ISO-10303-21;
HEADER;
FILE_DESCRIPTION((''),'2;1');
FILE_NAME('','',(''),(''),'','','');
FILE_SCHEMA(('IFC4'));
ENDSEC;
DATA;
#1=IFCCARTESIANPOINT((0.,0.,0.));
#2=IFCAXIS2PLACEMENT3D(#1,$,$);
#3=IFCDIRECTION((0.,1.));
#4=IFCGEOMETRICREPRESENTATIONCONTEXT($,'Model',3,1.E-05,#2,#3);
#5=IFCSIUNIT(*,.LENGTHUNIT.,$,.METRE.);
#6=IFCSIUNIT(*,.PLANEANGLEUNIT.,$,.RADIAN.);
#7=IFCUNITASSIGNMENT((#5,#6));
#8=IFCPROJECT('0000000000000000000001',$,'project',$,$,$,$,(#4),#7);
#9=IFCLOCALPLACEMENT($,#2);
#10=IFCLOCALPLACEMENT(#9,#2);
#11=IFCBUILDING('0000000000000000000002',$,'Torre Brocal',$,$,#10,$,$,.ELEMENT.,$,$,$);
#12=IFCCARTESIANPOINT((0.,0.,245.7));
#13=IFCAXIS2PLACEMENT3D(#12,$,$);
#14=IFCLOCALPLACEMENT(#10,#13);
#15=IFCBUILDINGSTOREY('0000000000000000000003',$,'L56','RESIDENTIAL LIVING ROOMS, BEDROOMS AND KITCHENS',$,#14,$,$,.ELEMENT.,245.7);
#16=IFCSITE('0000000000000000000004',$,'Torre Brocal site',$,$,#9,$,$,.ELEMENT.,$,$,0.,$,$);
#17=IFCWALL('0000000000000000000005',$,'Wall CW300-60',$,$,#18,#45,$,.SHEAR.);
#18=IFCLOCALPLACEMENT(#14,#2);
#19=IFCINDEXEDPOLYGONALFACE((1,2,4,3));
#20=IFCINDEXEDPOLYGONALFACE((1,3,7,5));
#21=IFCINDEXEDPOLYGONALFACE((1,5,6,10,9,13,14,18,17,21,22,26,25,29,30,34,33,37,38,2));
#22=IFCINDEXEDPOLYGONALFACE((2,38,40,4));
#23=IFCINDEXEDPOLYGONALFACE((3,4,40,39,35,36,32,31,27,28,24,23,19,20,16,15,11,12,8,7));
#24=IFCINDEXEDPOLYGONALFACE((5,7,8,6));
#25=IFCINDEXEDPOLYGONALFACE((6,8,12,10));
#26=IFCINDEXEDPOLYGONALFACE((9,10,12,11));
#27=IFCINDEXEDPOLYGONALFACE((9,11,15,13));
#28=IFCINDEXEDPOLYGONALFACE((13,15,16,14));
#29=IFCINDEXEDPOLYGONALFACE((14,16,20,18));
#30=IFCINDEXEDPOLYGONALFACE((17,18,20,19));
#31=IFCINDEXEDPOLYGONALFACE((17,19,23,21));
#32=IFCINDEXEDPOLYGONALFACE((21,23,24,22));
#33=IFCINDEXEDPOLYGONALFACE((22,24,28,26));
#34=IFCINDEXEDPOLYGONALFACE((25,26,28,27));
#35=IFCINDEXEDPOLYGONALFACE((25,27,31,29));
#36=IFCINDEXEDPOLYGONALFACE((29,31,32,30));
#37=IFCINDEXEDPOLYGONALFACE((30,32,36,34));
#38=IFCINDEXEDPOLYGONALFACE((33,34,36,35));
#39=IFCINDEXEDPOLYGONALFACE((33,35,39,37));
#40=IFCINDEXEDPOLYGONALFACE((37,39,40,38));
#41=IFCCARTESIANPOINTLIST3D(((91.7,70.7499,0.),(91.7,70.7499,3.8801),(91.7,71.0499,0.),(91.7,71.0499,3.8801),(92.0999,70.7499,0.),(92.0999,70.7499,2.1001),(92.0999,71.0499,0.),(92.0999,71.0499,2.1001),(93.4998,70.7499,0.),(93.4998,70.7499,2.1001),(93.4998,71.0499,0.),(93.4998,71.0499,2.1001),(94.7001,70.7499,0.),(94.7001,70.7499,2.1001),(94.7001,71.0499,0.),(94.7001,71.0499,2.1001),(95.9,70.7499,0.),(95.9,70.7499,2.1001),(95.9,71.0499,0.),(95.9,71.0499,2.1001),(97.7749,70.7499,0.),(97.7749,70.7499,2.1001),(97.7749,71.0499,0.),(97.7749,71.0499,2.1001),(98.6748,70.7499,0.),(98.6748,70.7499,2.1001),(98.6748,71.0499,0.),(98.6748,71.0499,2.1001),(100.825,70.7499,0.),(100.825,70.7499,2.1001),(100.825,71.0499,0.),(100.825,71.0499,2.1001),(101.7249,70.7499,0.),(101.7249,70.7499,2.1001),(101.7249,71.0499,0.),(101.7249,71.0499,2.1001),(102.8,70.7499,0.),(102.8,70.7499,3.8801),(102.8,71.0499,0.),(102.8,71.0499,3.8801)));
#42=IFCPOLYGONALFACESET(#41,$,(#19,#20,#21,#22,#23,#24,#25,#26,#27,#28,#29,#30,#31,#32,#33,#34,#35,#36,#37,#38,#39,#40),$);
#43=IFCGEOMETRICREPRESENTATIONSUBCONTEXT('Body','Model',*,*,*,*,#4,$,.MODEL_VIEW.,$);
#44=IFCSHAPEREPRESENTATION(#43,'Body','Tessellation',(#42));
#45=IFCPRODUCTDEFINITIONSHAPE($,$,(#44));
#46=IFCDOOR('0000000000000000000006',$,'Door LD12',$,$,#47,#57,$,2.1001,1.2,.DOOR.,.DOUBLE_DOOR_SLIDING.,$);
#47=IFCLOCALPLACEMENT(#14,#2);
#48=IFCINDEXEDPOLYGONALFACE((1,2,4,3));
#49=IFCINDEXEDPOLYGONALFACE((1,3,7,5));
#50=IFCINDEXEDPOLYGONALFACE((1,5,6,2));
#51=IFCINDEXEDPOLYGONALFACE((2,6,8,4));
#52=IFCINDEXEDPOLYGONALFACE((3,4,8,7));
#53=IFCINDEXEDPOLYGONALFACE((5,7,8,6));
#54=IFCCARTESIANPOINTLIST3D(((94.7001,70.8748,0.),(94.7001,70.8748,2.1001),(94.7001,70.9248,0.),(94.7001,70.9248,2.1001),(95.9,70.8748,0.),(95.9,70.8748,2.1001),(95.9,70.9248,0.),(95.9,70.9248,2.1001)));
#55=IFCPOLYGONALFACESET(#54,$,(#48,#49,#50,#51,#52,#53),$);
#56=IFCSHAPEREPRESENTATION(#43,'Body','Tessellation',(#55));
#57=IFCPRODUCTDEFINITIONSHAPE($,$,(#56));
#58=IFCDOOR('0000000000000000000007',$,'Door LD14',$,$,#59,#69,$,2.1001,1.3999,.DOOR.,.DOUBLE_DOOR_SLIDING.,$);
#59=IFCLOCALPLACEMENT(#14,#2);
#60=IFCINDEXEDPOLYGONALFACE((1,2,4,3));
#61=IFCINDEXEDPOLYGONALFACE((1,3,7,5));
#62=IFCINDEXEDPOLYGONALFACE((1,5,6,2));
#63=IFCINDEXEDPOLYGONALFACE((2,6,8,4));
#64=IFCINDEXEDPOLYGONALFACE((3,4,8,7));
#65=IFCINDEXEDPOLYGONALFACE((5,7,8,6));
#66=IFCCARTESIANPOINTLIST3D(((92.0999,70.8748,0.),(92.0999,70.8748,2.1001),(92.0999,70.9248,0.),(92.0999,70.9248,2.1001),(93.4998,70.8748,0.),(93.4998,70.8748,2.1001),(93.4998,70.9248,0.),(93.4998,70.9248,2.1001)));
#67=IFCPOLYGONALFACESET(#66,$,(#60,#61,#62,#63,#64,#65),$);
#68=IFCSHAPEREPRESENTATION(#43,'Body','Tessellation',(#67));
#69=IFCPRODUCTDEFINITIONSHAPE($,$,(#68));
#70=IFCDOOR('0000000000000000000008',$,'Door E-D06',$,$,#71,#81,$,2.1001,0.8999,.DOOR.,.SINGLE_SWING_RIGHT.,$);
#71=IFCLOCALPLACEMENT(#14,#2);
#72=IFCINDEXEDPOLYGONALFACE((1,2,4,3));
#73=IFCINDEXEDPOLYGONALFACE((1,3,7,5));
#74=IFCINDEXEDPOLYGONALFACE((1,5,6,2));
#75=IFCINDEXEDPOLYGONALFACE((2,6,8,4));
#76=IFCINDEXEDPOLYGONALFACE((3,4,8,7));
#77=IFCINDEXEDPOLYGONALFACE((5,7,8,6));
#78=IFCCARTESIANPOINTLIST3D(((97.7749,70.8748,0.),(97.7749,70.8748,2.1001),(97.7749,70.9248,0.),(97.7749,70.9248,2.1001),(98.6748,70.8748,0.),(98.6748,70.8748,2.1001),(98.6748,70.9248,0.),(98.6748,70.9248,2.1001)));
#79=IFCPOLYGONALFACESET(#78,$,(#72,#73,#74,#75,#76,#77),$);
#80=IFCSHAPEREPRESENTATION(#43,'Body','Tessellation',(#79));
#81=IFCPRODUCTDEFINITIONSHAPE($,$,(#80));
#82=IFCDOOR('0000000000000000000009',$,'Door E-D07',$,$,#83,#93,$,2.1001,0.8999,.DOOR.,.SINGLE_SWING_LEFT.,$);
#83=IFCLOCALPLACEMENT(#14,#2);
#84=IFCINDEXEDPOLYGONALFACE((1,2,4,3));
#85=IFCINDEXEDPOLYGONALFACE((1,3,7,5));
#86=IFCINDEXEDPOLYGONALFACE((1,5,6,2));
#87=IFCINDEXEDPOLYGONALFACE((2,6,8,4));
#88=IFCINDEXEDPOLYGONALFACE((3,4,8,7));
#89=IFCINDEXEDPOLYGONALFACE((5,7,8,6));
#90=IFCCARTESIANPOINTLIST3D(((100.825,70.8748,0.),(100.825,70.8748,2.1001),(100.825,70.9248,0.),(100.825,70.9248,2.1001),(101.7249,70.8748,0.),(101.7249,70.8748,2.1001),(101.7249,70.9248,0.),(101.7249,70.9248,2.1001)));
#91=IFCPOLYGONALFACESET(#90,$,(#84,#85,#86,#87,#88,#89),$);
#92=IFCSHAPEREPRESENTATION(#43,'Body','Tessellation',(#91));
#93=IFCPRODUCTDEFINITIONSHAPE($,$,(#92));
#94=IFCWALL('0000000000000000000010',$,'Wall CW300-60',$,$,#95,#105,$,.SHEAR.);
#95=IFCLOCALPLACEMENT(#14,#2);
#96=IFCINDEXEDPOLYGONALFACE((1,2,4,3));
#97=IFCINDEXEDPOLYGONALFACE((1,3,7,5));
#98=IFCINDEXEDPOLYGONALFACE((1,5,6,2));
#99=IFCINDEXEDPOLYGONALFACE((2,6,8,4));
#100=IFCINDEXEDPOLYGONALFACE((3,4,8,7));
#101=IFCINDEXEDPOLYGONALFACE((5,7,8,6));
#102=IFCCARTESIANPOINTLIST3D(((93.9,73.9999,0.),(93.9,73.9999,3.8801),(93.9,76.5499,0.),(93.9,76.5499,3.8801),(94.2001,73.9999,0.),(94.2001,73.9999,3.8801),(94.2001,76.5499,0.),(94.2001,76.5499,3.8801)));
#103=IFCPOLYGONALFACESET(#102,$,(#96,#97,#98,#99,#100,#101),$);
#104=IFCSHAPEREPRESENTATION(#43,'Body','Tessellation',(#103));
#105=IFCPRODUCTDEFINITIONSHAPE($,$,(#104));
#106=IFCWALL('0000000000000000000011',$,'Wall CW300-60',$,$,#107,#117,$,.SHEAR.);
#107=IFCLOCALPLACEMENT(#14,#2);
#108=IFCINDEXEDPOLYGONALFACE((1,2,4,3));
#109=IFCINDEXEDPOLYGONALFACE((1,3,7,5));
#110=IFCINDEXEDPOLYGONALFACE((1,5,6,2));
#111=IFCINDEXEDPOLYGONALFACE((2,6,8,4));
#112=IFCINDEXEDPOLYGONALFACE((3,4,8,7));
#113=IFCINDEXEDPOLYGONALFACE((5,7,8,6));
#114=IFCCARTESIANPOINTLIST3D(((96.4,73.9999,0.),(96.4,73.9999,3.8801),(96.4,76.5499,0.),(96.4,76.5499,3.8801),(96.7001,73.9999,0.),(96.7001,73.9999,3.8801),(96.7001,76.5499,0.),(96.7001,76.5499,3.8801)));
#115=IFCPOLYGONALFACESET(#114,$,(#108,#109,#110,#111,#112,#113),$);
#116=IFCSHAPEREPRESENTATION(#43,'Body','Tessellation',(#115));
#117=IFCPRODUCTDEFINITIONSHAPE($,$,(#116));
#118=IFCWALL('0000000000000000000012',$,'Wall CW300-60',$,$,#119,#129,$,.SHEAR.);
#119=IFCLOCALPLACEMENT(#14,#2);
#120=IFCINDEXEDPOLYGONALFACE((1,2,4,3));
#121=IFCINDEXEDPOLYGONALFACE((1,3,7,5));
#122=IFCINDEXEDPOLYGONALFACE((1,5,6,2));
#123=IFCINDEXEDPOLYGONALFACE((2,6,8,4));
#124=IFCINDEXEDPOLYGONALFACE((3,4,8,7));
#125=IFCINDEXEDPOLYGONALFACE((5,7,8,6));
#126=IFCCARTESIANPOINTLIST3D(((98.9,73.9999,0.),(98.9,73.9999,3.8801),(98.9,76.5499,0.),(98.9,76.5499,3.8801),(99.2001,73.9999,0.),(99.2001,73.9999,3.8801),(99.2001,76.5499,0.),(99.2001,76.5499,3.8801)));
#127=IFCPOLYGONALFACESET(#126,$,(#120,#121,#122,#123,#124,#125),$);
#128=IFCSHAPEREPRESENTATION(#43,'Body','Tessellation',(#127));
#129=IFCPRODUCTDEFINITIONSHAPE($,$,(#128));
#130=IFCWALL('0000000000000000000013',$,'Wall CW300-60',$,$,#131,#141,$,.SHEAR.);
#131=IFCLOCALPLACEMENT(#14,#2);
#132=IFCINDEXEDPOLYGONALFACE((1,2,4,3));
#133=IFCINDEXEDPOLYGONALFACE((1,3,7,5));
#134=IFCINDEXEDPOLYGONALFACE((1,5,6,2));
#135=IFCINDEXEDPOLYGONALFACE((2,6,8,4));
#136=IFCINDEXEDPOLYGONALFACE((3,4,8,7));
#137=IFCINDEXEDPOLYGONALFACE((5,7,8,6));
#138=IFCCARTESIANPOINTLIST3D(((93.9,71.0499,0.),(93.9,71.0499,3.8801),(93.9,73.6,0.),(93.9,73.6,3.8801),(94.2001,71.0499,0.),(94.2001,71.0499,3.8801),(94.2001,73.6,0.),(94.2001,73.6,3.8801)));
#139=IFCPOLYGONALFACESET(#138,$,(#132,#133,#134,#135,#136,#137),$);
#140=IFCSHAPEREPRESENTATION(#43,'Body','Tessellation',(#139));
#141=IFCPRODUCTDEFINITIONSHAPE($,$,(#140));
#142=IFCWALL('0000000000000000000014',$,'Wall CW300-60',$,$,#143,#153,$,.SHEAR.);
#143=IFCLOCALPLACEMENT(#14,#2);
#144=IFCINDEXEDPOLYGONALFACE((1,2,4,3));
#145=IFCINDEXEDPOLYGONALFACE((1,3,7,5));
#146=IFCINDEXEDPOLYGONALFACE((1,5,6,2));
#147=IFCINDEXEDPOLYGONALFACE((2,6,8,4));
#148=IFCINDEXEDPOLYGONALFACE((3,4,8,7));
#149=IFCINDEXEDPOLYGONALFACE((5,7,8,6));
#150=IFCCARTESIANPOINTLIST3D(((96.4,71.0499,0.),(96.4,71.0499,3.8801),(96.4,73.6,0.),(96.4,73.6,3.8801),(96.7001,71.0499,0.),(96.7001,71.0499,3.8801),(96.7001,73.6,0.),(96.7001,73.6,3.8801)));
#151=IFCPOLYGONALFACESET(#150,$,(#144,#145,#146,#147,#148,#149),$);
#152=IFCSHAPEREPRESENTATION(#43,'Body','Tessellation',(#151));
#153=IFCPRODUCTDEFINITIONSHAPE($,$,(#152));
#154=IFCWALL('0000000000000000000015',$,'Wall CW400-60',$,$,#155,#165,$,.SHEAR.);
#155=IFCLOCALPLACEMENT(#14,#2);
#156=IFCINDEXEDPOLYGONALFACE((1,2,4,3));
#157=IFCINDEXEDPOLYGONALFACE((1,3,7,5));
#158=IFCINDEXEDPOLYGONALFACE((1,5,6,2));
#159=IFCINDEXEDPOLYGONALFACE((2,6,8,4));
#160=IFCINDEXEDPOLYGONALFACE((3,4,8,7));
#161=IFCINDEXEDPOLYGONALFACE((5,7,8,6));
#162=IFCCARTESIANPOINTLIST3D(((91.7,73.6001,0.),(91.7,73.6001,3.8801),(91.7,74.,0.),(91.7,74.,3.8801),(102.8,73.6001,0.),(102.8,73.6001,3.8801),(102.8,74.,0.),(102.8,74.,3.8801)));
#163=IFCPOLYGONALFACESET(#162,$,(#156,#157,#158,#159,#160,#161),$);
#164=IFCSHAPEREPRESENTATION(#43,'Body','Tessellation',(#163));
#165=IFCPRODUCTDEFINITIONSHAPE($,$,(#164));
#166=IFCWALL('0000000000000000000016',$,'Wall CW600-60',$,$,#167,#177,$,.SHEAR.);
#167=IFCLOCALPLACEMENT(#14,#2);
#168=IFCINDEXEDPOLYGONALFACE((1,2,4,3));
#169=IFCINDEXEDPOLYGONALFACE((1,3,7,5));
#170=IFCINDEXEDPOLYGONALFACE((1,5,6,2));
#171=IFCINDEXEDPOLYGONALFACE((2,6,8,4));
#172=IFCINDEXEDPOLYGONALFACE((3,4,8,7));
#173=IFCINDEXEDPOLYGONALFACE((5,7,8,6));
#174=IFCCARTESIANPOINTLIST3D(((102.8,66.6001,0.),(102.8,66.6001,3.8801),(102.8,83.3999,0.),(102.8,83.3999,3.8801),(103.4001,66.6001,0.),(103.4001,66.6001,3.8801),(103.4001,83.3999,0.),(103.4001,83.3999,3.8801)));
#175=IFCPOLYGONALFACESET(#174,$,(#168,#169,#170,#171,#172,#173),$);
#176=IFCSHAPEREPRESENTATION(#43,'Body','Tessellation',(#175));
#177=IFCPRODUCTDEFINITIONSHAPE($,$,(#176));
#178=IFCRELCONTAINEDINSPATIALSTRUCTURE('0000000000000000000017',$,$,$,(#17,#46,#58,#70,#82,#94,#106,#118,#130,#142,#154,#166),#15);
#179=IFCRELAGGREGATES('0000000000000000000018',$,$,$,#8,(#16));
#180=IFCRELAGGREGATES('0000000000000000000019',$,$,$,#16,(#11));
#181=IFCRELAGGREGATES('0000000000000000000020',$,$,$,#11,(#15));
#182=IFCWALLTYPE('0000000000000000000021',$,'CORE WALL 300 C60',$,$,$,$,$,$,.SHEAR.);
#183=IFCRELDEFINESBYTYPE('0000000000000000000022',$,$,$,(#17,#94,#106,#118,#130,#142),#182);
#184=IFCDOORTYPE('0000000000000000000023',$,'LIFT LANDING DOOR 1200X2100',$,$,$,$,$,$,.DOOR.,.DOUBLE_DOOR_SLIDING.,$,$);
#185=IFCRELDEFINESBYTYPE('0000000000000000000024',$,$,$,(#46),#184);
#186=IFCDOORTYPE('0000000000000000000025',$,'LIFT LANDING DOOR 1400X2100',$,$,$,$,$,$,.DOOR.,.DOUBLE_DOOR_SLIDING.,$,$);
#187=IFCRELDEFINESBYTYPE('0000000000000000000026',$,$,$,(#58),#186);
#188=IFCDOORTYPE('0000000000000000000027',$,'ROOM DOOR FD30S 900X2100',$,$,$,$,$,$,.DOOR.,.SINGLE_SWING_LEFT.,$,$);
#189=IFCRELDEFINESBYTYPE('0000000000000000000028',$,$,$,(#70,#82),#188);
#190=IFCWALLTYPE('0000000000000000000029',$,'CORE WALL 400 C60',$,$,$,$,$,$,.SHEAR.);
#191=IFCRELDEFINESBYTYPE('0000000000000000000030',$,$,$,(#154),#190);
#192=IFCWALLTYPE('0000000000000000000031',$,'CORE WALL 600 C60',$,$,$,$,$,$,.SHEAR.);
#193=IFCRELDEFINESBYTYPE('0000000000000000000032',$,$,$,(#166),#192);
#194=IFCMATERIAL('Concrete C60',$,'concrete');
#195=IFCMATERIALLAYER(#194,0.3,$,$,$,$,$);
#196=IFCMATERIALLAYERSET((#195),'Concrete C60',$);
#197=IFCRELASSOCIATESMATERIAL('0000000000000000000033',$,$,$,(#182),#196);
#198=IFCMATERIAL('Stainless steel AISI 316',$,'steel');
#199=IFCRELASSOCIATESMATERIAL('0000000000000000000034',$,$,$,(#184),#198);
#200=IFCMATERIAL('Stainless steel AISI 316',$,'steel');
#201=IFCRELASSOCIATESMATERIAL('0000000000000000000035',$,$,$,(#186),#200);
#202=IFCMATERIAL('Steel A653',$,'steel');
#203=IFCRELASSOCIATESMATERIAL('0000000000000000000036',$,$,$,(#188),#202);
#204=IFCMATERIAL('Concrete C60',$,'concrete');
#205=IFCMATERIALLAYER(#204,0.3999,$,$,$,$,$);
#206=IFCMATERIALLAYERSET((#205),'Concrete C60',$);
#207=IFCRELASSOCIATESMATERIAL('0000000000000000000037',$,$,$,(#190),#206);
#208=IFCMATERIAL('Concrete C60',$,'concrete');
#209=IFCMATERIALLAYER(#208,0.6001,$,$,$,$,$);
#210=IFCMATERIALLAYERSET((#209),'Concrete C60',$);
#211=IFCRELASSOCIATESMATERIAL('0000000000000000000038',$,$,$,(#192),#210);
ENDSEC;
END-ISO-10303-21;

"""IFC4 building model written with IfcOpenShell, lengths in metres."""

from ifc_helpers import new_model, si_unit, direction, frame, frame_2d, origin, place, context, subcontext, project, spatial, rectangle, extrude, material, layer, layer_set, type_object, element, fill, save


model = new_model("IFC4")

# Units and contexts
model_context = context("Model", 3, precision=1e-05, world=origin(), true_north=direction((0.0, 1.0)))
body_context = subcontext(model_context, "Body", "Model", "MODEL_VIEW")
ifc_project = project(units=[si_unit("LENGTHUNIT", "METRE"), si_unit("PLANEANGLEUNIT", "RADIAN")], contexts=[model_context])

# Site, building, storey
site_placement = place(None, origin())
site = spatial("IfcSite", under=ifc_project, at=site_placement, Name="Torre Brocal site", CompositionType="ELEMENT", RefElevation=0.0)
building_placement = place(site_placement, origin())
building = spatial("IfcBuilding", under=site, at=building_placement, Name="Torre Brocal", CompositionType="ELEMENT")
storey_placement = place(building_placement, frame((0.0, 0.0, 245.7)))
storey = spatial("IfcBuildingStorey", under=building, at=storey_placement, Name="L56", Description="RESIDENTIAL LIVING ROOMS, BEDROOMS AND KITCHENS", CompositionType="ELEMENT", Elevation=245.7)

# Shared definitions
ifc_material_1 = material(Name="Concrete C60", Category="concrete")
ifc_layer_1 = layer(ifc_material_1, 0.3)
ifc_layer_set_1 = layer_set([ifc_layer_1], Name="Concrete C60")
wall_type_1 = type_object("IfcWallType", Name="CORE WALL 300 C60", PredefinedType="SHEAR", material=ifc_layer_set_1)

# Wall, openings, doors
wall_1_placement = place(storey_placement, frame((91.7, 70.8999, 0.0), z_axis=(0.0, 0.0, 1.0), x_axis=(1.0, 0.0, 0.0)))
wall_1 = element("IfcWall", 1, at=wall_1_placement, inside=storey, type_object=wall_type_1, Name="Wall CW300-60", PredefinedType="SHEAR", context=body_context, shape_type="SweptSolid", body=[
    extrude(rectangle(XDim=11.1001, YDim=0.3, at=frame_2d((5.55, 0.0))), origin(), (0.0, 0.0, 1.0), 3.8801),
])
opening_1_placement = place(wall_1_placement, frame((0.3999, 0.0, 0.0)))
opening_1 = element("IfcOpeningElement", 2, at=opening_1_placement, cuts=wall_1, PredefinedType="OPENING", context=body_context, shape_type="SweptSolid", body=[
    extrude(rectangle(XDim=1.3999, YDim=2.1001, at=frame_2d((0.7, 1.05))), frame((0.0, 0.1599, 0.0), z_axis=(0.0, -1.0, 0.0), x_axis=(1.0, 0.0, 0.0)), (0.0, 0.0, 1.0), 0.3201),
])
opening_2_placement = place(wall_1_placement, frame((3.0, 0.0, 0.0)))
opening_2 = element("IfcOpeningElement", 3, at=opening_2_placement, cuts=wall_1, PredefinedType="OPENING", context=body_context, shape_type="SweptSolid", body=[
    extrude(rectangle(XDim=1.2, YDim=2.1001, at=frame_2d((0.6001, 1.05))), frame((0.0, 0.1599, 0.0), z_axis=(0.0, -1.0, 0.0), x_axis=(1.0, 0.0, 0.0)), (0.0, 0.0, 1.0), 0.3201),
])
opening_3_placement = place(wall_1_placement, frame((6.075, 0.0, 0.0)))
opening_3 = element("IfcOpeningElement", 4, at=opening_3_placement, cuts=wall_1, PredefinedType="OPENING", context=body_context, shape_type="SweptSolid", body=[
    extrude(rectangle(XDim=0.8999, YDim=2.1001, at=frame_2d((0.45, 1.05))), frame((0.0, 0.1599, 0.0), z_axis=(0.0, -1.0, 0.0), x_axis=(1.0, 0.0, 0.0)), (0.0, 0.0, 1.0), 0.3201),
])
opening_4_placement = place(wall_1_placement, frame((9.125, 0.0, 0.0)))
opening_4 = element("IfcOpeningElement", 5, at=opening_4_placement, cuts=wall_1, PredefinedType="OPENING", context=body_context, shape_type="SweptSolid", body=[
    extrude(rectangle(XDim=0.8999, YDim=2.1001, at=frame_2d((0.45, 1.05))), frame((0.0, 0.1599, 0.0), z_axis=(0.0, -1.0, 0.0), x_axis=(1.0, 0.0, 0.0)), (0.0, 0.0, 1.0), 0.3201),
])
ifc_material_2 = material(Name="Stainless steel AISI 316", Category="steel")
door_type_1 = type_object("IfcDoorType", Name="LIFT LANDING DOOR 1200X2100", OperationType="DOUBLE_DOOR_SLIDING", PredefinedType="DOOR", material=ifc_material_2)
door_1_placement = place(opening_2_placement, origin())
door_1 = element("IfcDoor", 6, at=door_1_placement, inside=storey, type_object=door_type_1, Name="Door LD12", OperationType="DOUBLE_DOOR_SLIDING", OverallHeight=2.1001, OverallWidth=1.2, PredefinedType="DOOR", context=body_context, shape_type="SweptSolid", body=[
    extrude(rectangle(XDim=1.2, YDim=2.1001, at=frame_2d((0.6001, 1.05))), frame((0.0, 0.0249, 0.0), z_axis=(0.0, -1.0, 0.0), x_axis=(1.0, 0.0, 0.0)), (0.0, 0.0, 1.0), 0.05),
])
fill(opening_2, door_1)
ifc_material_3 = material(Name="Stainless steel AISI 316", Category="steel")
door_type_2 = type_object("IfcDoorType", Name="LIFT LANDING DOOR 1400X2100", OperationType="DOUBLE_DOOR_SLIDING", PredefinedType="DOOR", material=ifc_material_3)
door_2_placement = place(opening_1_placement, origin())
door_2 = element("IfcDoor", 7, at=door_2_placement, inside=storey, type_object=door_type_2, Name="Door LD14", OperationType="DOUBLE_DOOR_SLIDING", OverallHeight=2.1001, OverallWidth=1.3999, PredefinedType="DOOR", context=body_context, shape_type="SweptSolid", body=[
    extrude(rectangle(XDim=1.3999, YDim=2.1001, at=frame_2d((0.7, 1.05))), frame((0.0, 0.0249, 0.0), z_axis=(0.0, -1.0, 0.0), x_axis=(1.0, 0.0, 0.0)), (0.0, 0.0, 1.0), 0.05),
])
fill(opening_1, door_2)
ifc_material_4 = material(Name="Steel A653", Category="steel")
door_type_3 = type_object("IfcDoorType", Name="ROOM DOOR FD30S 900X2100", OperationType="SINGLE_SWING_LEFT", PredefinedType="DOOR", material=ifc_material_4)
door_3_placement = place(opening_3_placement, origin())
door_3 = element("IfcDoor", 8, at=door_3_placement, inside=storey, type_object=door_type_3, Name="Door E-D06", OperationType="SINGLE_SWING_RIGHT", OverallHeight=2.1001, OverallWidth=0.8999, PredefinedType="DOOR", context=body_context, shape_type="SweptSolid", body=[
    extrude(rectangle(XDim=0.8999, YDim=2.1001, at=frame_2d((0.45, 1.05))), frame((0.0, 0.0249, 0.0), z_axis=(0.0, -1.0, 0.0), x_axis=(1.0, 0.0, 0.0)), (0.0, 0.0, 1.0), 0.05),
])
fill(opening_3, door_3)
door_4_placement = place(opening_4_placement, origin())
door_4 = element("IfcDoor", 9, at=door_4_placement, inside=storey, type_object=door_type_3, Name="Door E-D07", OperationType="SINGLE_SWING_LEFT", OverallHeight=2.1001, OverallWidth=0.8999, PredefinedType="DOOR", context=body_context, shape_type="SweptSolid", body=[
    extrude(rectangle(XDim=0.8999, YDim=2.1001, at=frame_2d((0.45, 1.05))), frame((0.0, 0.0249, 0.0), z_axis=(0.0, -1.0, 0.0), x_axis=(1.0, 0.0, 0.0)), (0.0, 0.0, 1.0), 0.05),
])
fill(opening_4, door_4)

# Walls
for number, where, z_axis, x_axis, name in (
    (10, (94.05, 74.0, 0.0), (0.0, 0.0, 1.0), (0.0, 1.0, 0.0), "Wall CW300-60"),
    (11, (96.55, 74.0, 0.0), (0.0, 0.0, 1.0), (0.0, 1.0, 0.0), "Wall CW300-60"),
    (12, (99.05, 74.0, 0.0), (0.0, 0.0, 1.0), (0.0, 1.0, 0.0), "Wall CW300-60"),
    (13, (94.05, 71.05, 0.0), (0.0, 0.0, 1.0), (0.0, 1.0, 0.0), "Wall CW300-60"),
    (14, (96.55, 71.05, 0.0), (0.0, 0.0, 1.0), (0.0, 1.0, 0.0), "Wall CW300-60"),
):
    element("IfcWall", number, at=place(storey_placement, frame(where, z_axis=z_axis, x_axis=x_axis)), inside=storey, type_object=wall_type_1, Name=name, PredefinedType="SHEAR", context=body_context, shape_type="SweptSolid", body=[
        extrude(rectangle(XDim=2.55, YDim=0.3, at=frame_2d((1.2749, 0.0))), origin(), (0.0, 0.0, 1.0), 3.8801),
    ])
ifc_material_5 = material(Name="Concrete C60", Category="concrete")
ifc_layer_2 = layer(ifc_material_5, 0.3999)
ifc_layer_set_2 = layer_set([ifc_layer_2], Name="Concrete C60")
wall_type_2 = type_object("IfcWallType", Name="CORE WALL 400 C60", PredefinedType="SHEAR", material=ifc_layer_set_2)
wall_2_placement = place(storey_placement, frame((91.7, 73.8, 0.0), z_axis=(0.0, 0.0, 1.0), x_axis=(1.0, 0.0, 0.0)))
element("IfcWall", 15, at=wall_2_placement, inside=storey, type_object=wall_type_2, Name="Wall CW400-60", PredefinedType="SHEAR", context=body_context, shape_type="SweptSolid", body=[
    extrude(rectangle(XDim=11.1001, YDim=0.3999, at=frame_2d((5.55, 0.0))), origin(), (0.0, 0.0, 1.0), 3.8801),
])
ifc_material_6 = material(Name="Concrete C60", Category="concrete")
ifc_layer_3 = layer(ifc_material_6, 0.6001)
ifc_layer_set_3 = layer_set([ifc_layer_3], Name="Concrete C60")
wall_type_3 = type_object("IfcWallType", Name="CORE WALL 600 C60", PredefinedType="SHEAR", material=ifc_layer_set_3)
wall_3_placement = place(storey_placement, frame((103.1001, 66.6001, 0.0), z_axis=(0.0, 0.0, 1.0), x_axis=(0.0, 1.0, 0.0)))
element("IfcWall", 16, at=wall_3_placement, inside=storey, type_object=wall_type_3, Name="Wall CW600-60", PredefinedType="SHEAR", context=body_context, shape_type="SweptSolid", body=[
    extrude(rectangle(XDim=16.7998, YDim=0.6001, at=frame_2d((8.3999, 0.0))), origin(), (0.0, 0.0, 1.0), 3.8801),
])

save(model, "model.ifc")
